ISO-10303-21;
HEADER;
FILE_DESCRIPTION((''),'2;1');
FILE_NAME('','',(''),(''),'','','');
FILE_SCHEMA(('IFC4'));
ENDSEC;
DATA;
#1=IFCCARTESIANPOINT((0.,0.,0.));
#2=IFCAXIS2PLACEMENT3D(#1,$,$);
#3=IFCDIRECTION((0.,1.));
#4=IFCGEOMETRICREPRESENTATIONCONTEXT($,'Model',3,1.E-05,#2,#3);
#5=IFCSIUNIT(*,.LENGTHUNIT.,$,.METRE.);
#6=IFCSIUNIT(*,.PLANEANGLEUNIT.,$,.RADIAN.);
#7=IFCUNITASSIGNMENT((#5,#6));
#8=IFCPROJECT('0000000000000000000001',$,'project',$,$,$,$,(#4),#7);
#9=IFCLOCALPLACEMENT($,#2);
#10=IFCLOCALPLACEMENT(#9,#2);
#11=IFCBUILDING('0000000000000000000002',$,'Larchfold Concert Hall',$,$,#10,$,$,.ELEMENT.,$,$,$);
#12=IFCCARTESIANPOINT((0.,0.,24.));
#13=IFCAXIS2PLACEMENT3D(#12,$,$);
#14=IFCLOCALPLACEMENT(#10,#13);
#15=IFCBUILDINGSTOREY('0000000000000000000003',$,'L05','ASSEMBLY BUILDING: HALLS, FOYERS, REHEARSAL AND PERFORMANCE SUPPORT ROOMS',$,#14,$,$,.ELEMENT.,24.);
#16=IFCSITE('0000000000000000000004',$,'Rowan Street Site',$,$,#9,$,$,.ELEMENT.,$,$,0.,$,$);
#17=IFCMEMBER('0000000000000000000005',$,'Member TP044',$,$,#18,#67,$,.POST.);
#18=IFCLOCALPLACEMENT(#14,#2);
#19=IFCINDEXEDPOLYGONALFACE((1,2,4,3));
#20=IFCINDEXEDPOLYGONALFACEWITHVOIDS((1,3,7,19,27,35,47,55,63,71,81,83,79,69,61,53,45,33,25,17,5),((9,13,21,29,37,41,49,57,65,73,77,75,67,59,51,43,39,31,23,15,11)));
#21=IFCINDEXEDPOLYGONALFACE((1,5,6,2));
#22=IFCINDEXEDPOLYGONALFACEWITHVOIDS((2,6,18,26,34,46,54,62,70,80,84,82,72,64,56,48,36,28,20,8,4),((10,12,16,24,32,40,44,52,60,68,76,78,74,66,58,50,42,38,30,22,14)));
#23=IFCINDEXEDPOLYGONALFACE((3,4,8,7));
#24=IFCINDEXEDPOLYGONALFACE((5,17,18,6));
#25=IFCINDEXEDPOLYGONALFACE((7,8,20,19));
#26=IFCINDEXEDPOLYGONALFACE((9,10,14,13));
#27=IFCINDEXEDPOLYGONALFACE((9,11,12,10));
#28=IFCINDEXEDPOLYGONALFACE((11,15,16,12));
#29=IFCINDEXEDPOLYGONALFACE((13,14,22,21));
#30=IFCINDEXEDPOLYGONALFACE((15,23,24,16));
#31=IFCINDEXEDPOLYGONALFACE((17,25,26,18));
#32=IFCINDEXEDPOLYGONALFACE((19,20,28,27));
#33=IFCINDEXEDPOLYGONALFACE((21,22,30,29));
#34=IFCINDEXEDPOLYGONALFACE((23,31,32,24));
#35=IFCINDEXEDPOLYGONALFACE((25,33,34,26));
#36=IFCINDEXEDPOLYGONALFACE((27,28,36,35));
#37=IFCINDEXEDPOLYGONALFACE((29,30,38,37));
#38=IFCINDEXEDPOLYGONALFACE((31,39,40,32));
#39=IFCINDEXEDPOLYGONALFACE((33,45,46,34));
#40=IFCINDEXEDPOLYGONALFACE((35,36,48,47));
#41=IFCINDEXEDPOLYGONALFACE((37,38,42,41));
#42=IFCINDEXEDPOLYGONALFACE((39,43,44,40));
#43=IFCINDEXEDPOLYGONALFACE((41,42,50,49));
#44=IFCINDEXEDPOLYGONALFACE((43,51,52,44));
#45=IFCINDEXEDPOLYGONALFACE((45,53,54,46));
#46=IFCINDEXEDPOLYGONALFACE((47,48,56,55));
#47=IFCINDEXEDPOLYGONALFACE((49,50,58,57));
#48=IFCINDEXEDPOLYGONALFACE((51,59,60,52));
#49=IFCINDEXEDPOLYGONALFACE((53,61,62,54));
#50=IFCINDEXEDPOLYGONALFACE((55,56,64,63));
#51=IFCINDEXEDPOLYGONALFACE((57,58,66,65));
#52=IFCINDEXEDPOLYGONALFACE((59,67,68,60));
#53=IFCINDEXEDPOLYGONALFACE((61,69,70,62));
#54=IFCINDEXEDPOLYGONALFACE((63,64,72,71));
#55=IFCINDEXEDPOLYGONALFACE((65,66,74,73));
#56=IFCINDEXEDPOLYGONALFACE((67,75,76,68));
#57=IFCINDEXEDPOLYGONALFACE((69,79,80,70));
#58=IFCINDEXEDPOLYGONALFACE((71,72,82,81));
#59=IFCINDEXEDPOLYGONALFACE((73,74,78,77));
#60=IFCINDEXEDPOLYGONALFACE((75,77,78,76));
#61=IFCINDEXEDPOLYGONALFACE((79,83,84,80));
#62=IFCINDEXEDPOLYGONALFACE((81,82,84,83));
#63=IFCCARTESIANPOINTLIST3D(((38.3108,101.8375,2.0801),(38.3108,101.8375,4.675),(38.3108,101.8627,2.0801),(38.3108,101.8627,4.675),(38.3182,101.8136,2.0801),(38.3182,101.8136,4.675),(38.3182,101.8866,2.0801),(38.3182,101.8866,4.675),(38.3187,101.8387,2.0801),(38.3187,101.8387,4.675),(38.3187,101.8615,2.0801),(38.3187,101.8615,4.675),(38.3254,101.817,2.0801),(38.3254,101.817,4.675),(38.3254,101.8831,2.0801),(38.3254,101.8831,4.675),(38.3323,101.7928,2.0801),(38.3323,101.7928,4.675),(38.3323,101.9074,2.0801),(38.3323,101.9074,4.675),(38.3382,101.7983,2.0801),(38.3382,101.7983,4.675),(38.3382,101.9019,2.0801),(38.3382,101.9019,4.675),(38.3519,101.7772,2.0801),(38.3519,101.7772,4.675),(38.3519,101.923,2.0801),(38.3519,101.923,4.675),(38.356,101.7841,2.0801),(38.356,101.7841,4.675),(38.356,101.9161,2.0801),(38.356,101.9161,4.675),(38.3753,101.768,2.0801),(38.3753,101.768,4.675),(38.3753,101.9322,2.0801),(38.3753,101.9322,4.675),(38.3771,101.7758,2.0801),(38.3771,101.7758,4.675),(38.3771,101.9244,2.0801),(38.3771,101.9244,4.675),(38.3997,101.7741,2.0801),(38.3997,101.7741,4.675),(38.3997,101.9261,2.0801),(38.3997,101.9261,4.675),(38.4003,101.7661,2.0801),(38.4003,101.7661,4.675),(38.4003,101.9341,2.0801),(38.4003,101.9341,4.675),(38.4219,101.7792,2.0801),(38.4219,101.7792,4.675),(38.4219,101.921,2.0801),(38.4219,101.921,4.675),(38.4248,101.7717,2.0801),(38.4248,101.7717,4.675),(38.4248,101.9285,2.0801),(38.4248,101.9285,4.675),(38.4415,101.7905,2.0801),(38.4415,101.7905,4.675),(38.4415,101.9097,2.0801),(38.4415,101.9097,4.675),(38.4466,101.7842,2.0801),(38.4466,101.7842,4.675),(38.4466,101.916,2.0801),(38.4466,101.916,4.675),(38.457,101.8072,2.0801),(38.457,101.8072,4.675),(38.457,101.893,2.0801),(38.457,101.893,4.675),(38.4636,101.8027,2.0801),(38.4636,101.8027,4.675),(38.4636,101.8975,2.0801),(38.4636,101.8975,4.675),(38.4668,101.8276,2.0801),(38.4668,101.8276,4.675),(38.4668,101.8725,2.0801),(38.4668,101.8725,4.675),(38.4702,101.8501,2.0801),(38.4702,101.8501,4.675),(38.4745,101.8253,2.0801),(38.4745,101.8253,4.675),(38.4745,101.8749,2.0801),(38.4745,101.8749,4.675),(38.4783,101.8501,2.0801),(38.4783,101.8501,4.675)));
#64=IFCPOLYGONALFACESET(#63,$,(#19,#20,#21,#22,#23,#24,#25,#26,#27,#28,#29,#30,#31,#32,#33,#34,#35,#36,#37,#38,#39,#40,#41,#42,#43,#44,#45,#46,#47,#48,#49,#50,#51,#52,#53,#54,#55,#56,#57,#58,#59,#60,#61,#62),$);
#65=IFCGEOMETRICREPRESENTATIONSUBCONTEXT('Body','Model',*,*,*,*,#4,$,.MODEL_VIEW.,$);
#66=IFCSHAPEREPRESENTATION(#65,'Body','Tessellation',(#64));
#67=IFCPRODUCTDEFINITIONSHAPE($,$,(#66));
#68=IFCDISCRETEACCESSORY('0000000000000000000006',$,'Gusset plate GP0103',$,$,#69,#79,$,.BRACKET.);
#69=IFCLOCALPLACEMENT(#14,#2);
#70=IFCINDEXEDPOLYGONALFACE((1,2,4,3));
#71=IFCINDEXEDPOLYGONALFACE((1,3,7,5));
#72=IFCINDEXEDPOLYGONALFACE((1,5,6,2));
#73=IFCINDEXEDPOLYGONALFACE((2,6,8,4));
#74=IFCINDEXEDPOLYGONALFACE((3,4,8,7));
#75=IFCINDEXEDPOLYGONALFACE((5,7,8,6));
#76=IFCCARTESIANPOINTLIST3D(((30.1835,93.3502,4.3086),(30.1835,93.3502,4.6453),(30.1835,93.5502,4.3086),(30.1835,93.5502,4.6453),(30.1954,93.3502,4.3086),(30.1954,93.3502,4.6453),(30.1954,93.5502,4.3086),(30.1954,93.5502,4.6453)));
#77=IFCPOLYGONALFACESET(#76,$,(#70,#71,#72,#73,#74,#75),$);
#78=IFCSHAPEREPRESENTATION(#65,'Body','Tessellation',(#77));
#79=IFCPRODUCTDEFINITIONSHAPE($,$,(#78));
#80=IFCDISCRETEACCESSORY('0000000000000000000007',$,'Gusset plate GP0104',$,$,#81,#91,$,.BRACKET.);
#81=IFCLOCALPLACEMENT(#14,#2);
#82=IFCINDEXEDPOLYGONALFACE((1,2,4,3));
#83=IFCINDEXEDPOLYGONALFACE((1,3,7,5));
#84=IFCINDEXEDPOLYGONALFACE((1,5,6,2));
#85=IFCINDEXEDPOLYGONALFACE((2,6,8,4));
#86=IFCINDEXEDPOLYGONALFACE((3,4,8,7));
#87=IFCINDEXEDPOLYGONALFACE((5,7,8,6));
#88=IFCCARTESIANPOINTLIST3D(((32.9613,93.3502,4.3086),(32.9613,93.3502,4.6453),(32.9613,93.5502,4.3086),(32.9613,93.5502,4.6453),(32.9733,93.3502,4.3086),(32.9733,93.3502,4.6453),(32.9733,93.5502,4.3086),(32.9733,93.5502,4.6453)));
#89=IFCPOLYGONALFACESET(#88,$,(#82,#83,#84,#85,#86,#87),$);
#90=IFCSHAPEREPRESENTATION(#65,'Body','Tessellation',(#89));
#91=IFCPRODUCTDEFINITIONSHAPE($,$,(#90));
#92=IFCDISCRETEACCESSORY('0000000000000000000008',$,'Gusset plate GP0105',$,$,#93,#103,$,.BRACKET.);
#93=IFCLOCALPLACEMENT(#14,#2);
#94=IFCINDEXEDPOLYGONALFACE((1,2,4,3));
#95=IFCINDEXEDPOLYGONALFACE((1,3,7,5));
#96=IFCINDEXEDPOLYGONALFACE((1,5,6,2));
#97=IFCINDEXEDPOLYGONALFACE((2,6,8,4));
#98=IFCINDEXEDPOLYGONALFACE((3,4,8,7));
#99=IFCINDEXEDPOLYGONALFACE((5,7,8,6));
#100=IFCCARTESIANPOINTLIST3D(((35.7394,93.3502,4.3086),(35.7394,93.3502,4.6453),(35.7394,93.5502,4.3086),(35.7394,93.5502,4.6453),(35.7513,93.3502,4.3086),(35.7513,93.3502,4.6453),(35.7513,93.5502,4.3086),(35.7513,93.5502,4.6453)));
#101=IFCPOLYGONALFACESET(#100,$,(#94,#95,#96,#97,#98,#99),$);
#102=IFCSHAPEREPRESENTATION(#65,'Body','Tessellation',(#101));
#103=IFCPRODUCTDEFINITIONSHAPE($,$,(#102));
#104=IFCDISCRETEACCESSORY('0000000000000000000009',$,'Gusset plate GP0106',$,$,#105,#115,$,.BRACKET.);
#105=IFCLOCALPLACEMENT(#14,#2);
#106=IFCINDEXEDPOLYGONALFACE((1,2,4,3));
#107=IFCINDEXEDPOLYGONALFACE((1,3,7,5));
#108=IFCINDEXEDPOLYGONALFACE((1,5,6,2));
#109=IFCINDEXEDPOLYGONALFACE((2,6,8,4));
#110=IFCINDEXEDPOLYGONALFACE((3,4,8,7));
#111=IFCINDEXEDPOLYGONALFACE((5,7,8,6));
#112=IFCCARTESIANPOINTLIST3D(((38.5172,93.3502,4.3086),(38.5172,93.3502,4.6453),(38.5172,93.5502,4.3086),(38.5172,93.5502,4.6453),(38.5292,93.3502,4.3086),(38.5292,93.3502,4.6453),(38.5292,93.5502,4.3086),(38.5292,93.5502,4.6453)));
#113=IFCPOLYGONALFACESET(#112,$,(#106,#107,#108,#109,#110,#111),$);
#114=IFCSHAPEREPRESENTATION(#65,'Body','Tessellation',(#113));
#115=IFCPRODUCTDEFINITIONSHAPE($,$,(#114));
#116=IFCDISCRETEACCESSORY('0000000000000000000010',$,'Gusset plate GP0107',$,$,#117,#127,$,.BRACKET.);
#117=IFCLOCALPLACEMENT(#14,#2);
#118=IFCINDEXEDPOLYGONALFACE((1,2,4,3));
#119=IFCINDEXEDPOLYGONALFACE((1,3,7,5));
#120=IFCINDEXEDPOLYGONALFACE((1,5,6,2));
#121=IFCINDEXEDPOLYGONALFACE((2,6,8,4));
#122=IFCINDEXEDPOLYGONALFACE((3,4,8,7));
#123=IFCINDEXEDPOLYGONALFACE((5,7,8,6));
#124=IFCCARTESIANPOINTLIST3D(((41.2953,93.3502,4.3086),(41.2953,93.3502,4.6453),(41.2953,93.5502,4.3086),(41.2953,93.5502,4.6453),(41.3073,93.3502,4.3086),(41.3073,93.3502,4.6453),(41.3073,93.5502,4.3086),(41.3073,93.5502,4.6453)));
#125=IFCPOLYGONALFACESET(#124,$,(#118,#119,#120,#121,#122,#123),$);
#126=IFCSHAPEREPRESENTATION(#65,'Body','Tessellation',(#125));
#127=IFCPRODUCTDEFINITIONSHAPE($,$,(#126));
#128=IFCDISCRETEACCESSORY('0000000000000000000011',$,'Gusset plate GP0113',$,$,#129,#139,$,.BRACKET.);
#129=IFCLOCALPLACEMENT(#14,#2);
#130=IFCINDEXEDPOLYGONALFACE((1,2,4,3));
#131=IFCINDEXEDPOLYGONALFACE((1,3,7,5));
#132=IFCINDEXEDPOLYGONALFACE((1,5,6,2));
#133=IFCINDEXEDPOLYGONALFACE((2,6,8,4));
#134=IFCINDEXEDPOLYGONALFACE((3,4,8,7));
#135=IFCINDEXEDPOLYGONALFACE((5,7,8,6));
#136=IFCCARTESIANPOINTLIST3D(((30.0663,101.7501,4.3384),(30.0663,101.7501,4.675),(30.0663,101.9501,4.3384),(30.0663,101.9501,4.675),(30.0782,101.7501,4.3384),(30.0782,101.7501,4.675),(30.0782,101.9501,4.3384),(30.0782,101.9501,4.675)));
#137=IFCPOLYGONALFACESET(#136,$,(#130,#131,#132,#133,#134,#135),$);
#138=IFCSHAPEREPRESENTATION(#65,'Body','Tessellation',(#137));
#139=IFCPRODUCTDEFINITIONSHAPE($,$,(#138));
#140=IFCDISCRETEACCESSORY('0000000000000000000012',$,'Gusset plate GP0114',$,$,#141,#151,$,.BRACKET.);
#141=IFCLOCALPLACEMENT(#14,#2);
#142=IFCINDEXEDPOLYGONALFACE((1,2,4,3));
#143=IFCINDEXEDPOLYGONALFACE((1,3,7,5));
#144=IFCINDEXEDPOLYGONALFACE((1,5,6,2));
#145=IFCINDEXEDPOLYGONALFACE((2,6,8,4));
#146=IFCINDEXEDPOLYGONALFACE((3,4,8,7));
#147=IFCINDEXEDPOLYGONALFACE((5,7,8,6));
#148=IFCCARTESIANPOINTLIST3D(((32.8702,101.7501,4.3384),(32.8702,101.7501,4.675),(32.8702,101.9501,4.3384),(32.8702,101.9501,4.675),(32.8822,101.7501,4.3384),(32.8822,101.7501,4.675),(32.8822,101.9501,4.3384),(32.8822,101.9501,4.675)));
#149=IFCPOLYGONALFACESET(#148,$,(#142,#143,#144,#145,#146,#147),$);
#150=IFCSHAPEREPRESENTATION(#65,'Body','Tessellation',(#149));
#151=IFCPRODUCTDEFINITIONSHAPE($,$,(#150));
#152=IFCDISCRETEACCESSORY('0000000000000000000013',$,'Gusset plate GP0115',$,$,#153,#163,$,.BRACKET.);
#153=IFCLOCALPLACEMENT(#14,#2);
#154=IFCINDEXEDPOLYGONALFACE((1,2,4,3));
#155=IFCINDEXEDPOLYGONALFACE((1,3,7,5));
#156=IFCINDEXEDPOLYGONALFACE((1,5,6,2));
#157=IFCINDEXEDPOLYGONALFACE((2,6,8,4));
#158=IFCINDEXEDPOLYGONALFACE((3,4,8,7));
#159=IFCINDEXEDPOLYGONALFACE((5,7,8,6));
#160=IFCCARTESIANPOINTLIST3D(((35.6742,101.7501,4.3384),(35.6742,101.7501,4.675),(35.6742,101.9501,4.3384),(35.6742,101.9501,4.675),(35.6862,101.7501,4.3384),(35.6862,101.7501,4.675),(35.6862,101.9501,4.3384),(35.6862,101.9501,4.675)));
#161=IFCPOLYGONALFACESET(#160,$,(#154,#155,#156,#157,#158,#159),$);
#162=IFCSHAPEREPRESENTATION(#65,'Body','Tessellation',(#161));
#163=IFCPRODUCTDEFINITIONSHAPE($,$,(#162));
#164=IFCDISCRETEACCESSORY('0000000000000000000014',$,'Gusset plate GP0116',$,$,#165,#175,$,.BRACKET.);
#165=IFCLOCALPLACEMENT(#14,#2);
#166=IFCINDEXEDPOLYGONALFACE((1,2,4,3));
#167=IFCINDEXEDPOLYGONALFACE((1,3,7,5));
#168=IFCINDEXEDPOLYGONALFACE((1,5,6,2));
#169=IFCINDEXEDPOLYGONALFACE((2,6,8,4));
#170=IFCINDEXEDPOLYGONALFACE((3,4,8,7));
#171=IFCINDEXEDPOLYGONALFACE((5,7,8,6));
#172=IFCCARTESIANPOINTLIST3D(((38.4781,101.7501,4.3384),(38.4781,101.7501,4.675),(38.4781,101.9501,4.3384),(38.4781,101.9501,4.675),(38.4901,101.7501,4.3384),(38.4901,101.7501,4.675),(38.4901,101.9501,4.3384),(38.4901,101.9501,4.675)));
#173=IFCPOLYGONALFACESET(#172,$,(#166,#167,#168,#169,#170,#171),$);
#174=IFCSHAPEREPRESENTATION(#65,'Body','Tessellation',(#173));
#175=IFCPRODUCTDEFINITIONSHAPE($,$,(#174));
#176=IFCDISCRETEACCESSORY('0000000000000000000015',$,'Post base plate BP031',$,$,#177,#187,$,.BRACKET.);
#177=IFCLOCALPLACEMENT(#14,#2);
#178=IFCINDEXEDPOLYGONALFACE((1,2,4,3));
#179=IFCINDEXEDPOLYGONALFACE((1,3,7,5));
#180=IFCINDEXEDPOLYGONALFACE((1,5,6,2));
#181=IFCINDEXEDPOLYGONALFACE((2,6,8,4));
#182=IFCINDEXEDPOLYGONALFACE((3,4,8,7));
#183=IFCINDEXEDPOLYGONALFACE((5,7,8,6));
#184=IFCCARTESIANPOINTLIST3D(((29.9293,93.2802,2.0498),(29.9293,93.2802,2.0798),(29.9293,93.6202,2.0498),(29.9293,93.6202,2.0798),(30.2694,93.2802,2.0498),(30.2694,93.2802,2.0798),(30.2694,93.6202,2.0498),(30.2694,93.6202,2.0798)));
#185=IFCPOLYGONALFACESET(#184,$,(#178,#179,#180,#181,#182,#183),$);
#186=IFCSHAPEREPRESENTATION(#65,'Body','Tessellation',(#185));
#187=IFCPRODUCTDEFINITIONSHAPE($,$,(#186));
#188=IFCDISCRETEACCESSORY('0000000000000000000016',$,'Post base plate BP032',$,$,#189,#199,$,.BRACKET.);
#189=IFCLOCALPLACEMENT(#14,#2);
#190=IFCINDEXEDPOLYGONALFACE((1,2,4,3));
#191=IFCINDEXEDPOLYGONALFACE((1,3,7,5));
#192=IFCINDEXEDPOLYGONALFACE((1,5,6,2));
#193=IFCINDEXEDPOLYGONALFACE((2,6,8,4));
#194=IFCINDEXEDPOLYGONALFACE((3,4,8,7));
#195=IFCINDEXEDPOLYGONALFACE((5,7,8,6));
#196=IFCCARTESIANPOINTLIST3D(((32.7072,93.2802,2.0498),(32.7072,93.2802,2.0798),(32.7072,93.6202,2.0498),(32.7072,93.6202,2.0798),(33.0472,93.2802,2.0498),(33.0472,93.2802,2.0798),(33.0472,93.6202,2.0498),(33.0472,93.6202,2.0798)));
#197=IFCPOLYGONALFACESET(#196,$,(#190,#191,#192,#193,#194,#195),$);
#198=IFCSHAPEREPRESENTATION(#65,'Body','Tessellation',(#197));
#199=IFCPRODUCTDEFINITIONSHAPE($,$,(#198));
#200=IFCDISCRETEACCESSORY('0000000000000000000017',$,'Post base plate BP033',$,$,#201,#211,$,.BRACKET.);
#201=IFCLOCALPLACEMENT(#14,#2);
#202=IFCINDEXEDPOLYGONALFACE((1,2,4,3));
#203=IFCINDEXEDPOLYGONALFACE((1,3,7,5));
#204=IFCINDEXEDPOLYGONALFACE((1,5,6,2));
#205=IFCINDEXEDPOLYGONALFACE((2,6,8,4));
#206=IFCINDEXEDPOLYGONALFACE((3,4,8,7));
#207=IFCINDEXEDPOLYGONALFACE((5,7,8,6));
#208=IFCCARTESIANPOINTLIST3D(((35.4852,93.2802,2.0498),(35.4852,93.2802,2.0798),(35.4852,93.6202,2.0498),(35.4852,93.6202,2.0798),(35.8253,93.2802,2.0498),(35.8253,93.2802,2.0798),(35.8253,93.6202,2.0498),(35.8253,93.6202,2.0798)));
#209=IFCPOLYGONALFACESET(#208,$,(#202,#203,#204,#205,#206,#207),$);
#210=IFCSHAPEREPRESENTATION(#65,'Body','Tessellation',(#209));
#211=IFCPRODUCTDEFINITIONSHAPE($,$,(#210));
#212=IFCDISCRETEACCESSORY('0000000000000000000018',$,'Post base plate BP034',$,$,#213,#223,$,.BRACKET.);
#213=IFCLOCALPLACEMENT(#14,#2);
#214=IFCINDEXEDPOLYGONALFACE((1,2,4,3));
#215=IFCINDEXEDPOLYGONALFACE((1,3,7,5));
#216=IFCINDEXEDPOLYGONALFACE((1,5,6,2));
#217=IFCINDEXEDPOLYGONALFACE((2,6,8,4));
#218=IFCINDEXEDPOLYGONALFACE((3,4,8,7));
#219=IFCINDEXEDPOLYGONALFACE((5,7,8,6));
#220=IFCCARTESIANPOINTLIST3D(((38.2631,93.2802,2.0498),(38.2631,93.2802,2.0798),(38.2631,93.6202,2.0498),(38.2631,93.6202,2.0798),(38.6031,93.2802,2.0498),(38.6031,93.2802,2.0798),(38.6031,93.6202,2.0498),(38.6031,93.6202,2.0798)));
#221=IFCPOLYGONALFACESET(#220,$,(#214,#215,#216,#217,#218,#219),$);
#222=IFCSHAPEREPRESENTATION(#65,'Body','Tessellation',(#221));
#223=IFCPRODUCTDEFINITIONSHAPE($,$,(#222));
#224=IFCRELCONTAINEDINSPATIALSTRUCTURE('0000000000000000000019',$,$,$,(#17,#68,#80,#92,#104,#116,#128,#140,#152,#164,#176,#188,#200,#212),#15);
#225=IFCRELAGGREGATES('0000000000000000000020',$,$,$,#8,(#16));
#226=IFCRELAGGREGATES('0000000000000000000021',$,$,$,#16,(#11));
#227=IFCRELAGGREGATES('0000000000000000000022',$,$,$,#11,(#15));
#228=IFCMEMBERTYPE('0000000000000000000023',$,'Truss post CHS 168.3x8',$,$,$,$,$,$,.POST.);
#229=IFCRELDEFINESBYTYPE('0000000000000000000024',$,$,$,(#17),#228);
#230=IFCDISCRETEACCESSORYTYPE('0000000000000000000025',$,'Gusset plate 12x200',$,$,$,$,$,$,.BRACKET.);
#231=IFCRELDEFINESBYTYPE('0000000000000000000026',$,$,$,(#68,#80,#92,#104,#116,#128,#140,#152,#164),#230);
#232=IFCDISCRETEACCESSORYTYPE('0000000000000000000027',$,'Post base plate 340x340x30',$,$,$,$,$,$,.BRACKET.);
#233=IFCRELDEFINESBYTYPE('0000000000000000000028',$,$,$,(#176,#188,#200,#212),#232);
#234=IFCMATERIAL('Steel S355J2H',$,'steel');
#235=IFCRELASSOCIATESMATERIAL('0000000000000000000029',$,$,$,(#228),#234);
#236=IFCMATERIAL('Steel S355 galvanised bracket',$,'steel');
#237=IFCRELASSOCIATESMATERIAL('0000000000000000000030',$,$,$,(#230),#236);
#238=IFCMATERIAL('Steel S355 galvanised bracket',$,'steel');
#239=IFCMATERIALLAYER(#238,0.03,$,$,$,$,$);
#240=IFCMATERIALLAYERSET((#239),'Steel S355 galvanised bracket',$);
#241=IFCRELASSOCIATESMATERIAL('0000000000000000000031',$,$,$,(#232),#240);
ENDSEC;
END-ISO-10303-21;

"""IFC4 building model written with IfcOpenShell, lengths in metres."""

from ifc_helpers import new_model, si_unit, direction, frame, origin, origin_2d, place, context, subcontext, project, spatial, rectangle, hollow_circle, extrude, material, layer, layer_set, material_profile, profile_set, type_object, element, save


model = new_model("IFC4")

# Units and contexts
model_context = context("Model", 3, precision=1e-05, world=origin(), true_north=direction((0.0, 1.0)))
body_context = subcontext(model_context, "Body", "Model", "MODEL_VIEW")
ifc_project = project(units=[si_unit("LENGTHUNIT", "METRE"), si_unit("PLANEANGLEUNIT", "RADIAN")], contexts=[model_context])

# Site, building, storey
site_placement = place(None, origin())
site = spatial("IfcSite", under=ifc_project, at=site_placement, Name="Rowan Street Site", CompositionType="ELEMENT", RefElevation=0.0)
building_placement = place(site_placement, origin())
building = spatial("IfcBuilding", under=site, at=building_placement, Name="Larchfold Concert Hall", CompositionType="ELEMENT")
storey_placement = place(building_placement, frame((0.0, 0.0, 24.0)))
storey = spatial("IfcBuildingStorey", under=building, at=storey_placement, Name="L05", Description="ASSEMBLY BUILDING: HALLS, FOYERS, REHEARSAL AND PERFORMANCE SUPPORT ROOMS", CompositionType="ELEMENT", Elevation=24.0)

# Member
ifc_material_1 = material(Name="Steel S355J2H", Category="steel")
ifc_material_profile_1 = material_profile(ifc_material_1, hollow_circle(Radius=0.0842, WallThickness=0.0081, at=origin_2d()))
ifc_profile_set_1 = profile_set([ifc_material_profile_1], Name="Steel S355J2H")
member_type = type_object("IfcMemberType", Name="Truss post CHS 168.3x8", PredefinedType="POST", material=ifc_profile_set_1)
for number, where, z_axis, x_axis, name in (
    (1, (38.394, 101.8501, 2.0801), (0.0, 0.0, 1.0), (1.0, 0.0, 0.0), "Member TP044"),
):
    element("IfcMember", number, at=place(storey_placement, frame(where, z_axis=z_axis, x_axis=x_axis)), inside=storey, type_object=member_type, Name=name, PredefinedType="POST", context=body_context, shape_type="SweptSolid", body=[
        extrude(hollow_circle(Radius=0.0842, WallThickness=0.0081, at=origin_2d()), origin(), (0.0, 0.0, 1.0), 2.595),
    ])

# Discrete accessories
ifc_material_2 = material(Name="Steel S355 galvanised bracket", Category="steel")
ifc_material_profile_2 = material_profile(ifc_material_2, rectangle(XDim=0.012, YDim=0.2, at=origin_2d()))
ifc_profile_set_2 = profile_set([ifc_material_profile_2], Name="Steel S355 galvanised bracket")
discrete_accessory_type_1 = type_object("IfcDiscreteAccessoryType", Name="Gusset plate 12x200", PredefinedType="BRACKET", material=ifc_profile_set_2)
for number, where, z_axis, x_axis, name in (
    (2, (30.1895, 93.4502, 4.3086), (0.0, 0.0, 1.0), (1.0, 0.0, 0.0), "Gusset plate GP0103"),
    (3, (32.9673, 93.4502, 4.3086), (0.0, 0.0, 1.0), (1.0, 0.0, 0.0), "Gusset plate GP0104"),
    (4, (35.7454, 93.4502, 4.3086), (0.0, 0.0, 1.0), (1.0, 0.0, 0.0), "Gusset plate GP0105"),
    (5, (38.5232, 93.4502, 4.3086), (0.0, 0.0, 1.0), (1.0, 0.0, 0.0), "Gusset plate GP0106"),
    (6, (41.3013, 93.4502, 4.3086), (0.0, 0.0, 1.0), (1.0, 0.0, 0.0), "Gusset plate GP0107"),
    (7, (30.0723, 101.8501, 4.3384), (0.0, 0.0, 1.0), (1.0, 0.0, 0.0), "Gusset plate GP0113"),
    (8, (32.8762, 101.8501, 4.3384), (0.0, 0.0, 1.0), (1.0, 0.0, 0.0), "Gusset plate GP0114"),
    (9, (35.6802, 101.8501, 4.3384), (0.0, 0.0, 1.0), (1.0, 0.0, 0.0), "Gusset plate GP0115"),
    (10, (38.4841, 101.8501, 4.3384), (0.0, 0.0, 1.0), (1.0, 0.0, 0.0), "Gusset plate GP0116"),
):
    element("IfcDiscreteAccessory", number, at=place(storey_placement, frame(where, z_axis=z_axis, x_axis=x_axis)), inside=storey, type_object=discrete_accessory_type_1, Name=name, PredefinedType="BRACKET", context=body_context, shape_type="SweptSolid", body=[
        extrude(rectangle(XDim=0.012, YDim=0.2, at=origin_2d()), origin(), (0.0, 0.0, 1.0), 0.3367),
    ])
ifc_material_3 = material(Name="Steel S355 galvanised bracket", Category="steel")
ifc_layer = layer(ifc_material_3, 0.03)
ifc_layer_set = layer_set([ifc_layer], Name="Steel S355 galvanised bracket")
discrete_accessory_type_2 = type_object("IfcDiscreteAccessoryType", Name="Post base plate 340x340x30", PredefinedType="BRACKET", material=ifc_layer_set)
for number, where, z_axis, x_axis, name in (
    (11, (30.0994, 93.4502, 2.0498), (0.0, 0.0, 1.0), (1.0, 0.0, 0.0), "Post base plate BP031"),
    (12, (32.8772, 93.4502, 2.0498), (0.0, 0.0, 1.0), (1.0, 0.0, 0.0), "Post base plate BP032"),
    (13, (35.6553, 93.4502, 2.0498), (0.0, 0.0, 1.0), (1.0, 0.0, 0.0), "Post base plate BP033"),
    (14, (38.4331, 93.4502, 2.0498), (0.0, 0.0, 1.0), (1.0, 0.0, 0.0), "Post base plate BP034"),
):
    element("IfcDiscreteAccessory", number, at=place(storey_placement, frame(where, z_axis=z_axis, x_axis=x_axis)), inside=storey, type_object=discrete_accessory_type_2, Name=name, PredefinedType="BRACKET", context=body_context, shape_type="SweptSolid", body=[
        extrude(rectangle(XDim=0.3401, YDim=0.3401, at=origin_2d()), origin(), (0.0, 0.0, 1.0), 0.03),
    ])

save(model, "model.ifc")
